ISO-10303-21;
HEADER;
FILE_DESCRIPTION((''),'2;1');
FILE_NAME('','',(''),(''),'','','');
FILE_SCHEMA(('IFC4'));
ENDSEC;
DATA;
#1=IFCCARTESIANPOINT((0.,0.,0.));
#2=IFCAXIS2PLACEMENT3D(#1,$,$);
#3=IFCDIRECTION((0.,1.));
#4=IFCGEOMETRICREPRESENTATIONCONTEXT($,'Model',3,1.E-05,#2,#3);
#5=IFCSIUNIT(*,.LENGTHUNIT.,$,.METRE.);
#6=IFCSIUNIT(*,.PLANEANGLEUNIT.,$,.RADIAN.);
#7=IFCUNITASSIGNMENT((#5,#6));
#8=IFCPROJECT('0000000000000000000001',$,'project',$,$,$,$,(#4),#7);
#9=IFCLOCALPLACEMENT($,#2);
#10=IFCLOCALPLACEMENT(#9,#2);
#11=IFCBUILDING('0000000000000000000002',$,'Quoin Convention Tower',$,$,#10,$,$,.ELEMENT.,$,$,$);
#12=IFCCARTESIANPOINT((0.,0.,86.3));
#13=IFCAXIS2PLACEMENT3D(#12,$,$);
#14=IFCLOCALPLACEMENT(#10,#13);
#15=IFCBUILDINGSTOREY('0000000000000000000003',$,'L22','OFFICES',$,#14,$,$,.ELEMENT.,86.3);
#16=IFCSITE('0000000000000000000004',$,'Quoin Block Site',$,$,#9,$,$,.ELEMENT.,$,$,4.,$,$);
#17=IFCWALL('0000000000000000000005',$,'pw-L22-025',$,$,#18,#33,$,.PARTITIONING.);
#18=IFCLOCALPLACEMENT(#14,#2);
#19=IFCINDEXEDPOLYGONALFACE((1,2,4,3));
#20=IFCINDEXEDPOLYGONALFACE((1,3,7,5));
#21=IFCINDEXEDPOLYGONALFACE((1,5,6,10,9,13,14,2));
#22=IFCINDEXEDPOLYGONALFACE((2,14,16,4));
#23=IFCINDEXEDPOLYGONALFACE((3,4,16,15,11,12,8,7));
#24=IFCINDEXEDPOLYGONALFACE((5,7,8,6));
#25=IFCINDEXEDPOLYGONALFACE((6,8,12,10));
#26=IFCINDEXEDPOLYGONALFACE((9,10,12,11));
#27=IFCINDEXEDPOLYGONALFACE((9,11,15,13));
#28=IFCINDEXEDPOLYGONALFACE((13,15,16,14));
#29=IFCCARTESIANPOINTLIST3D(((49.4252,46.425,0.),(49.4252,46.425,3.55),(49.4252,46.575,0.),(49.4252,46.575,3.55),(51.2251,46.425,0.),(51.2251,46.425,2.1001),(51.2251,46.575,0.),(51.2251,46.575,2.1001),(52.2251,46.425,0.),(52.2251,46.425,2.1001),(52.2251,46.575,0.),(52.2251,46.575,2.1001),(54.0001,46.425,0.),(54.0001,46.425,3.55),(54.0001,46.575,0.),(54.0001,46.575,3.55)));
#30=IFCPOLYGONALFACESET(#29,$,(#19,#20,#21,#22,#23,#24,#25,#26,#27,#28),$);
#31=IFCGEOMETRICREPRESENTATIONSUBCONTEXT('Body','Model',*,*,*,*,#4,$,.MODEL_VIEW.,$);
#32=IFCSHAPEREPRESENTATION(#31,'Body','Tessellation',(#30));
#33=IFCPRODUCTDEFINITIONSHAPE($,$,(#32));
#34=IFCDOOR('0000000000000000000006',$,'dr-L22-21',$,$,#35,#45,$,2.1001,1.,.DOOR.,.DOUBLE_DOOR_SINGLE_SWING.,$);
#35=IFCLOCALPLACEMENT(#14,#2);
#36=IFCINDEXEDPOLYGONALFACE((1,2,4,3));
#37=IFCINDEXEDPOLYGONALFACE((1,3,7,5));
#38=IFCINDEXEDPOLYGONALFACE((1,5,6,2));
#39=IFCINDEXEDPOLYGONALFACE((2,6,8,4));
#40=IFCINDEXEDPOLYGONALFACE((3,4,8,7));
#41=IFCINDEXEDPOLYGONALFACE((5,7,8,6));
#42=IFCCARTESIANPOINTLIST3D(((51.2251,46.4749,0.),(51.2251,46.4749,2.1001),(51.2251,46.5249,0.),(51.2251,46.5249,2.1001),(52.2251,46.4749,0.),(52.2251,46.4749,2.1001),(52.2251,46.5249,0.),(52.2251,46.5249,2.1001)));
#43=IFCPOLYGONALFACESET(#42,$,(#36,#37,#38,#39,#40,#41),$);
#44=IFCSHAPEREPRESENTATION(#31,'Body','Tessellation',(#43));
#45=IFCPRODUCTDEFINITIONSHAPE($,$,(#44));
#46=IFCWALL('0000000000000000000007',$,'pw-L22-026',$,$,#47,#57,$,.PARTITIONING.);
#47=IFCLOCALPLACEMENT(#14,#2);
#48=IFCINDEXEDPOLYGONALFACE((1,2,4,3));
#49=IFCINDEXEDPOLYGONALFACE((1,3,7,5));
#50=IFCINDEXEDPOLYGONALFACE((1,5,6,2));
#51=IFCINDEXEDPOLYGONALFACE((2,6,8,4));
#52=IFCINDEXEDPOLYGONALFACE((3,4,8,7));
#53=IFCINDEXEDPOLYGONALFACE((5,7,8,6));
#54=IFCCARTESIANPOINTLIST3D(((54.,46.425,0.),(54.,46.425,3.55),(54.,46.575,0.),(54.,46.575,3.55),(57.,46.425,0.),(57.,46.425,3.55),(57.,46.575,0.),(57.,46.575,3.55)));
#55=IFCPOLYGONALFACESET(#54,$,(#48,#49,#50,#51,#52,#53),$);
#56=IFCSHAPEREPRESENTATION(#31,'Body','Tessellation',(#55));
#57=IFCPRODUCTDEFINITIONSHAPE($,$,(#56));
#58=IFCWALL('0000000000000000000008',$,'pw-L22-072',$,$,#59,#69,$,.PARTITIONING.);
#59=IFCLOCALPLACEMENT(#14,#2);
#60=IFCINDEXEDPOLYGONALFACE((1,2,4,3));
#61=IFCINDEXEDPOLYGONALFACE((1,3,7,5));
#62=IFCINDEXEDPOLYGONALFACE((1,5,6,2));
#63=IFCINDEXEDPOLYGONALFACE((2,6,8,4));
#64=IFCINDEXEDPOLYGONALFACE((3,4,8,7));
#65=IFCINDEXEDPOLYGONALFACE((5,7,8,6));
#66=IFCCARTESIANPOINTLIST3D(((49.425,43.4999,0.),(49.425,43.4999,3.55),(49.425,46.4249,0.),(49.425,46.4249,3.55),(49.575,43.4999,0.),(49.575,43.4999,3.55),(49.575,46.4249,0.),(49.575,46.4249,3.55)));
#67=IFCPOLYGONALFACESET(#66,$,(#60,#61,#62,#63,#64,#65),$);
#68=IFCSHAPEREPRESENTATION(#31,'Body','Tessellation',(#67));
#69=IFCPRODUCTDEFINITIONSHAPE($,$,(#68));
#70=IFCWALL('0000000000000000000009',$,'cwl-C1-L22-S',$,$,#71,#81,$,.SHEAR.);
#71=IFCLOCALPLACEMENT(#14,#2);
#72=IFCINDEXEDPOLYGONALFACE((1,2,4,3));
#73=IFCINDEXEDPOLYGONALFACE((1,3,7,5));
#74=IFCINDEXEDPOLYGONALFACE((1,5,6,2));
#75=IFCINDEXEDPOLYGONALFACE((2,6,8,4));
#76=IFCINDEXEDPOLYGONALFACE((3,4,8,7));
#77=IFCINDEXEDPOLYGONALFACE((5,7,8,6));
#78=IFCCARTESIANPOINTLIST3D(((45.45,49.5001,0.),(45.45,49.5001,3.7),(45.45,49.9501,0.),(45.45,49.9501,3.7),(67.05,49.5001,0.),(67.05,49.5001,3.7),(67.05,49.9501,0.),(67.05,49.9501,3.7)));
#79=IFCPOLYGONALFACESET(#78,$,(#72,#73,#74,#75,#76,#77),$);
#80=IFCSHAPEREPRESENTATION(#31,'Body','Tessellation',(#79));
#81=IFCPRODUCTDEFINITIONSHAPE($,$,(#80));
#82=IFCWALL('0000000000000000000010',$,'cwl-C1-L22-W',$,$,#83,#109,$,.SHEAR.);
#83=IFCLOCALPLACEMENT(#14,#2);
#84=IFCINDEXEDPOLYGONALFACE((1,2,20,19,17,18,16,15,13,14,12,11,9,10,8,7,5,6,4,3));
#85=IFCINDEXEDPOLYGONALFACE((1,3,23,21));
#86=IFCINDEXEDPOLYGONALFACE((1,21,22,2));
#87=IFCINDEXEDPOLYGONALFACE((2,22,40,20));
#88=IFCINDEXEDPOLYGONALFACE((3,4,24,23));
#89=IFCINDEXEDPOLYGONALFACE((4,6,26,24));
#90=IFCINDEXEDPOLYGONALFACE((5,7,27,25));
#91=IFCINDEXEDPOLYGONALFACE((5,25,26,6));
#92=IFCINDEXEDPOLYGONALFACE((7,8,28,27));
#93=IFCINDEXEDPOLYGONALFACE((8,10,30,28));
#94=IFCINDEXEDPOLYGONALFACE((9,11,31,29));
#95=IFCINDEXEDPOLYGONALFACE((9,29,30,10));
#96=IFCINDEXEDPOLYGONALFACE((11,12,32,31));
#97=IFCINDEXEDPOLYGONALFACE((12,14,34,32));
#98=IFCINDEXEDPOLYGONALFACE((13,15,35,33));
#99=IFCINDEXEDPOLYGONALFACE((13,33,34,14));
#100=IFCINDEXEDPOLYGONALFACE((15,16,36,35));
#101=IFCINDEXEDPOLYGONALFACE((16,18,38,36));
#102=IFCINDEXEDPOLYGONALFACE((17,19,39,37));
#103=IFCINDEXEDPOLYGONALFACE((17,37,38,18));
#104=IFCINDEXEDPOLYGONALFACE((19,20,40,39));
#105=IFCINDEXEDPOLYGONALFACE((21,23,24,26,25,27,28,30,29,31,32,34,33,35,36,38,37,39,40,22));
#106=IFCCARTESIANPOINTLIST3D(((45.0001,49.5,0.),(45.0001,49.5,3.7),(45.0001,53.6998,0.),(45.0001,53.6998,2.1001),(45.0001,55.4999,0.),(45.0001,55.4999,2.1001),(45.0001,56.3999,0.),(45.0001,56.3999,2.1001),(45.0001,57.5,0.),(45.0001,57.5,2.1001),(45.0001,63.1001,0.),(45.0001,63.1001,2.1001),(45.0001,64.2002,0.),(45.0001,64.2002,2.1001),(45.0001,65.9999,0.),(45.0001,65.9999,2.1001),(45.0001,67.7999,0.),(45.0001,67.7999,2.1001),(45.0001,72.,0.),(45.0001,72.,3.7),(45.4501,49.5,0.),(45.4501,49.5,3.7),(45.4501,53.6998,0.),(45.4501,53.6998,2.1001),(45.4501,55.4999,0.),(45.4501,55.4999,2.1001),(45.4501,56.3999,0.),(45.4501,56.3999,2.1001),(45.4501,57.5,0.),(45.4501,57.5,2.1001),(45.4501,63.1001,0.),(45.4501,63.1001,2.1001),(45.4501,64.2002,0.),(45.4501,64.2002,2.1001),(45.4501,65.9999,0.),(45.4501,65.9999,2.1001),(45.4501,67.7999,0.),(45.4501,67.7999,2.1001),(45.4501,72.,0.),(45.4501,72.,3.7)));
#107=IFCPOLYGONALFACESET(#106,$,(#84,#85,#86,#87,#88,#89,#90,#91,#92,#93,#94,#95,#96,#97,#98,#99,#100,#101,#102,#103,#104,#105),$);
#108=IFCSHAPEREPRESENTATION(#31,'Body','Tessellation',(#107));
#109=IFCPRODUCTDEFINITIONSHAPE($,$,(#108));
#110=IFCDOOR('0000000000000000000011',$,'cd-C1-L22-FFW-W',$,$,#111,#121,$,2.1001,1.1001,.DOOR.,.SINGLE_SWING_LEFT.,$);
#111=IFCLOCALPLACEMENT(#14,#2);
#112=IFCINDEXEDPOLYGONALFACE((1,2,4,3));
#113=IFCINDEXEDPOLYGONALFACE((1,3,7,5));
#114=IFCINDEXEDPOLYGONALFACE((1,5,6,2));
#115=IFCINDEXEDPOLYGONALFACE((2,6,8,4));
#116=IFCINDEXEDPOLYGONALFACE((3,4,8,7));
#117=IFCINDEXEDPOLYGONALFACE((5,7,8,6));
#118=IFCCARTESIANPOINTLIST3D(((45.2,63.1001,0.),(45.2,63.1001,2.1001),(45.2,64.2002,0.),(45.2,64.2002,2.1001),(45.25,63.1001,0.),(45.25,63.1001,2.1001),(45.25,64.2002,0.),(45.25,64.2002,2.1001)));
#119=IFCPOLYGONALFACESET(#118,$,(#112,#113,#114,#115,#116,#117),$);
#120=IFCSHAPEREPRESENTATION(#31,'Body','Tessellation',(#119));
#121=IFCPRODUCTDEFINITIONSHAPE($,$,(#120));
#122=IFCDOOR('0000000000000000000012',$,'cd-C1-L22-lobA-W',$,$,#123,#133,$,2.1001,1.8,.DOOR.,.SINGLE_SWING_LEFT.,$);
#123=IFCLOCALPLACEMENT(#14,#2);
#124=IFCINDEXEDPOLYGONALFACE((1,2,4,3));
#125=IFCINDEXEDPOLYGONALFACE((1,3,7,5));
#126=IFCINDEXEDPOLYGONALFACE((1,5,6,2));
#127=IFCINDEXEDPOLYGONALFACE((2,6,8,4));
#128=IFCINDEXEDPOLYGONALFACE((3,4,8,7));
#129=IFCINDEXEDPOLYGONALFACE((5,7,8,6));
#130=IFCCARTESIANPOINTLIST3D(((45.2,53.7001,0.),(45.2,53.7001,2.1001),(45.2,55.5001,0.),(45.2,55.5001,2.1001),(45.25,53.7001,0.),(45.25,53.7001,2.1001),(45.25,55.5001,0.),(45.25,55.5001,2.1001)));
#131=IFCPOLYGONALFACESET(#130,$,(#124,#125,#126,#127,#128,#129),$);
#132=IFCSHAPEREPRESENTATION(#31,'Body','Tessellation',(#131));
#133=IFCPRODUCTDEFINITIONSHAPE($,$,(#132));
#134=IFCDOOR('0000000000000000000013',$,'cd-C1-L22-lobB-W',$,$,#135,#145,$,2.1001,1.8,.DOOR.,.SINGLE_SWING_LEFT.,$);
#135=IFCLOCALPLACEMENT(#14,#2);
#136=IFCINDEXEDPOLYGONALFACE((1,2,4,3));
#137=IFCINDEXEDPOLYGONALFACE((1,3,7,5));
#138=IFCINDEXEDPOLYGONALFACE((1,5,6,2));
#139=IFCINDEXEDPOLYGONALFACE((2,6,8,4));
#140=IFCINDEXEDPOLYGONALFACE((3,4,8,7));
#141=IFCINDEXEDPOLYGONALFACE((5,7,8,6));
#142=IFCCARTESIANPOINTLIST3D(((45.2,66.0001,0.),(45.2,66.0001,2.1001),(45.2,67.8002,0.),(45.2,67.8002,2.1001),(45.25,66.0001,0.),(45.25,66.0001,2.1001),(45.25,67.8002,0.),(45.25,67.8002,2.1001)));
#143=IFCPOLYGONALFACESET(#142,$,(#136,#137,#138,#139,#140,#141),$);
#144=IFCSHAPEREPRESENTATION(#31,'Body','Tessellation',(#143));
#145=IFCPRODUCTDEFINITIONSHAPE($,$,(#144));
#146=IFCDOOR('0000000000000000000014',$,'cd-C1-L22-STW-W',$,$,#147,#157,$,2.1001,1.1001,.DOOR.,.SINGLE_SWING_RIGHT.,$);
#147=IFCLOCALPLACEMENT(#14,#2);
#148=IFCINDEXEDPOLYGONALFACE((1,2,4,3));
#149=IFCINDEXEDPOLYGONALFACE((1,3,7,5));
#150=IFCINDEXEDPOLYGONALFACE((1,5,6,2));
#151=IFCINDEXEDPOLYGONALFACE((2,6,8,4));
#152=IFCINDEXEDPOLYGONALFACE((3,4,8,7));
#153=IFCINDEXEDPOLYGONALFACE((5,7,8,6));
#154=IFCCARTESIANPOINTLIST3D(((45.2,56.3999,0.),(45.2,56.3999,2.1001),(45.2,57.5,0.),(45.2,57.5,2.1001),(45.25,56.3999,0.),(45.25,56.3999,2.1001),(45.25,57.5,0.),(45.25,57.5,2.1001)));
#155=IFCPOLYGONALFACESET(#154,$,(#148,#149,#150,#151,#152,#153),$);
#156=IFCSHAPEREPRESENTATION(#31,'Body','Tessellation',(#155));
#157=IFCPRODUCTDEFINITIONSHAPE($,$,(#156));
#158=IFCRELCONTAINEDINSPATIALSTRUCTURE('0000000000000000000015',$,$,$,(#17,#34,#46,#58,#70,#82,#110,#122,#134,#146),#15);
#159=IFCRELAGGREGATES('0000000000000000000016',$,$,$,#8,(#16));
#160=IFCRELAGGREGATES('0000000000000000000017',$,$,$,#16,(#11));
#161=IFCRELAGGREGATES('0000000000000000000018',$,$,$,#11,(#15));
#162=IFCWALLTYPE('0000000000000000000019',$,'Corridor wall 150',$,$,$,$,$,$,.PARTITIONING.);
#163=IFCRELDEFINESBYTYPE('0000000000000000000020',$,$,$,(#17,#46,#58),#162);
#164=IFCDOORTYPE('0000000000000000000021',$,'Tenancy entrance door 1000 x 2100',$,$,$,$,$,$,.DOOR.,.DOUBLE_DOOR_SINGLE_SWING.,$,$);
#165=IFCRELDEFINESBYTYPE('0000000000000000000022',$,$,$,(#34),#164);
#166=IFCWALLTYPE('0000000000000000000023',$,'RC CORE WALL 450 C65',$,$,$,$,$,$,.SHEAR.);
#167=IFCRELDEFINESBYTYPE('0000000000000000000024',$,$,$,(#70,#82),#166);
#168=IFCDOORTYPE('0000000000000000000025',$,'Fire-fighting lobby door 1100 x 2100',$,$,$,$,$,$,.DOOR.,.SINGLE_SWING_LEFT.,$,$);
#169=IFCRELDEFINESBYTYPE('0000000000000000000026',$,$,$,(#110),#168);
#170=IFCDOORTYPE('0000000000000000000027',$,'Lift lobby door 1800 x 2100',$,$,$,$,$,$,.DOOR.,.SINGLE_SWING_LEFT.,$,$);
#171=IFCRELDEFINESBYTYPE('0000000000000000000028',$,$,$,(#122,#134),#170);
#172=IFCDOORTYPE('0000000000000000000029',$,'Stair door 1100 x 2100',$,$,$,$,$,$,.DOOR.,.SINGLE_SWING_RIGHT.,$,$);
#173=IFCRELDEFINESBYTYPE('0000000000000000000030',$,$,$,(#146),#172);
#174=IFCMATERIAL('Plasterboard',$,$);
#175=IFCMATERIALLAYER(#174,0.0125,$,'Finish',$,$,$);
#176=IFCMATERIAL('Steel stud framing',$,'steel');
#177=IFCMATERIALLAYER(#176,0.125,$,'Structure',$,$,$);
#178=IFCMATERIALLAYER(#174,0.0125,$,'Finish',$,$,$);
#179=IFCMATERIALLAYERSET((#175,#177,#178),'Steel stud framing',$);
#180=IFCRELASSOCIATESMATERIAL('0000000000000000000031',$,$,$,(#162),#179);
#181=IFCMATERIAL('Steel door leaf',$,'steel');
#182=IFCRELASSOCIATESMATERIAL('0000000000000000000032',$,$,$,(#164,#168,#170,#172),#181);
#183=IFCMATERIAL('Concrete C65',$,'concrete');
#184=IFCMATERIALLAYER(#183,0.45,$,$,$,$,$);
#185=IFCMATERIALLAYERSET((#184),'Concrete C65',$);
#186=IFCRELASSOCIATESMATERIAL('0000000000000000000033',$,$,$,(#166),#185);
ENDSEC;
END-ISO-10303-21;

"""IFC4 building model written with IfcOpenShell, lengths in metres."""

from ifc_helpers import new_model, si_unit, direction, frame, frame_2d, origin, place, context, subcontext, project, spatial, rectangle, extrude, material, layer, layer_set, type_object, element, fill, save


model = new_model("IFC4")

# Units and contexts
model_context = context("Model", 3, precision=1e-05, world=origin(), true_north=direction((0.0, 1.0)))
body_context = subcontext(model_context, "Body", "Model", "MODEL_VIEW")
ifc_project = project(units=[si_unit("LENGTHUNIT", "METRE"), si_unit("PLANEANGLEUNIT", "RADIAN")], contexts=[model_context])

# Site, building, storey
site_placement = place(None, origin())
site = spatial("IfcSite", under=ifc_project, at=site_placement, Name="Quoin Block Site", CompositionType="ELEMENT", RefElevation=4.0)
building_placement = place(site_placement, origin())
building = spatial("IfcBuilding", under=site, at=building_placement, Name="Quoin Convention Tower", CompositionType="ELEMENT")
storey_placement = place(building_placement, frame((0.0, 0.0, 86.3)))
storey = spatial("IfcBuildingStorey", under=building, at=storey_placement, Name="L22", Description="OFFICES", CompositionType="ELEMENT", Elevation=86.3)

# Shared definitions
ifc_material_1 = material(Name="Plasterboard")
ifc_material_2 = material(Name="Steel stud framing", Category="steel")
ifc_material_3 = material(Name="Steel door leaf", Category="steel")

# Wall, opening, door
ifc_layer_1 = layer(ifc_material_1, 0.0125, Name="Finish")
ifc_layer_2 = layer(ifc_material_2, 0.125, Name="Structure")
ifc_layer_3 = layer(ifc_material_1, 0.0125, Name="Finish")
ifc_layer_set_1 = layer_set([ifc_layer_1, ifc_layer_2, ifc_layer_3], Name="Steel stud framing")
wall_type_1 = type_object("IfcWallType", Name="Corridor wall 150", PredefinedType="PARTITIONING", material=ifc_layer_set_1)
wall_1_placement = place(storey_placement, frame((49.425, 46.5, 0.0), z_axis=(0.0, 0.0, 1.0), x_axis=(1.0, 0.0, 0.0)))
wall_1 = element("IfcWall", 1, at=wall_1_placement, inside=storey, type_object=wall_type_1, Name="pw-L22-025", PredefinedType="PARTITIONING", context=body_context, shape_type="SweptSolid", body=[
    extrude(rectangle(XDim=4.575, YDim=0.1499, at=frame_2d((2.2876, 0.0))), origin(), (0.0, 0.0, 1.0), 3.55),
])
opening_1_placement = place(wall_1_placement, frame((1.8, 0.0, 0.0)))
opening_1 = element("IfcOpeningElement", 2, at=opening_1_placement, cuts=wall_1, PredefinedType="OPENING", context=body_context, shape_type="SweptSolid", body=[
    extrude(rectangle(XDim=1.0, YDim=2.1001, at=frame_2d((0.5, 1.05))), frame((0.0, 0.085, 0.0), z_axis=(0.0, -1.0, 0.0), x_axis=(1.0, 0.0, 0.0)), (0.0, 0.0, 1.0), 0.1699),
])
door_type_1 = type_object("IfcDoorType", Name="Tenancy entrance door 1000 x 2100", OperationType="DOUBLE_DOOR_SINGLE_SWING", PredefinedType="DOOR", material=ifc_material_3)
door_1_placement = place(opening_1_placement, origin())
door_1 = element("IfcDoor", 3, at=door_1_placement, inside=storey, type_object=door_type_1, Name="dr-L22-21", OperationType="DOUBLE_DOOR_SINGLE_SWING", OverallHeight=2.1001, OverallWidth=1.0, PredefinedType="DOOR", context=body_context, shape_type="SweptSolid", body=[
    extrude(rectangle(XDim=1.0, YDim=2.1001, at=frame_2d((0.5, 1.05))), frame((0.0, 0.0249, 0.0), z_axis=(0.0, -1.0, 0.0), x_axis=(1.0, 0.0, 0.0)), (0.0, 0.0, 1.0), 0.05),
])
fill(opening_1, door_1)

# Walls
wall_2_placement = place(storey_placement, frame((54.0, 46.5, 0.0), z_axis=(0.0, 0.0, 1.0), x_axis=(1.0, 0.0, 0.0)))
element("IfcWall", 4, at=wall_2_placement, inside=storey, type_object=wall_type_1, Name="pw-L22-026", PredefinedType="PARTITIONING", context=body_context, shape_type="SweptSolid", body=[
    extrude(rectangle(XDim=3.0, YDim=0.1499, at=frame_2d((1.5, 0.0))), origin(), (0.0, 0.0, 1.0), 3.55),
])
wall_3_placement = place(storey_placement, frame((49.5, 43.5, 0.0), z_axis=(0.0, 0.0, 1.0), x_axis=(0.0, 1.0, 0.0)))
element("IfcWall", 5, at=wall_3_placement, inside=storey, type_object=wall_type_1, Name="pw-L22-072", PredefinedType="PARTITIONING", context=body_context, shape_type="SweptSolid", body=[
    extrude(rectangle(XDim=2.925, YDim=0.1499, at=frame_2d((1.4624, 0.0))), origin(), (0.0, 0.0, 1.0), 3.55),
])
ifc_material_4 = material(Name="Concrete C65", Category="concrete")
ifc_layer_4 = layer(ifc_material_4, 0.45)
ifc_layer_set_2 = layer_set([ifc_layer_4], Name="Concrete C65")
wall_type_2 = type_object("IfcWallType", Name="RC CORE WALL 450 C65", PredefinedType="SHEAR", material=ifc_layer_set_2)
wall_4_placement = place(storey_placement, frame((45.45, 49.7251, 0.0), z_axis=(0.0, 0.0, 1.0), x_axis=(1.0, 0.0, 0.0)))
element("IfcWall", 6, at=wall_4_placement, inside=storey, type_object=wall_type_2, Name="cwl-C1-L22-S", PredefinedType="SHEAR", context=body_context, shape_type="SweptSolid", body=[
    extrude(rectangle(XDim=21.6001, YDim=0.45, at=frame_2d((10.8, 0.0))), origin(), (0.0, 0.0, 1.0), 3.7),
])

# Wall, openings, doors
wall_5_placement = place(storey_placement, frame((45.2251, 49.5, 0.0), z_axis=(0.0, 0.0, 1.0), x_axis=(0.0, 1.0, 0.0)))
wall_5 = element("IfcWall", 7, at=wall_5_placement, inside=storey, type_object=wall_type_2, Name="cwl-C1-L22-W", PredefinedType="SHEAR", context=body_context, shape_type="SweptSolid", body=[
    extrude(rectangle(XDim=22.5, YDim=0.45, at=frame_2d((11.25, 0.0))), origin(), (0.0, 0.0, 1.0), 3.7),
])
opening_2_placement = place(wall_5_placement, frame((4.2, 0.0, 0.0)))
opening_2 = element("IfcOpeningElement", 8, at=opening_2_placement, cuts=wall_5, PredefinedType="OPENING", context=body_context, shape_type="SweptSolid", body=[
    extrude(rectangle(XDim=1.8, YDim=2.1001, at=frame_2d((0.8999, 1.05))), frame((0.0, 0.2349, 0.0), z_axis=(0.0, -1.0, 0.0), x_axis=(1.0, 0.0, 0.0)), (0.0, 0.0, 1.0), 0.47),
])
opening_3_placement = place(wall_5_placement, frame((6.8999, 0.0, 0.0)))
opening_3 = element("IfcOpeningElement", 9, at=opening_3_placement, cuts=wall_5, PredefinedType="OPENING", context=body_context, shape_type="SweptSolid", body=[
    extrude(rectangle(XDim=1.1001, YDim=2.1001, at=frame_2d((0.55, 1.05))), frame((0.0, 0.2349, 0.0), z_axis=(0.0, -1.0, 0.0), x_axis=(1.0, 0.0, 0.0)), (0.0, 0.0, 1.0), 0.47),
])
opening_4_placement = place(wall_5_placement, frame((13.6001, 0.0, 0.0)))
opening_4 = element("IfcOpeningElement", 10, at=opening_4_placement, cuts=wall_5, PredefinedType="OPENING", context=body_context, shape_type="SweptSolid", body=[
    extrude(rectangle(XDim=1.1001, YDim=2.1001, at=frame_2d((0.55, 1.05))), frame((0.0, 0.2349, 0.0), z_axis=(0.0, -1.0, 0.0), x_axis=(1.0, 0.0, 0.0)), (0.0, 0.0, 1.0), 0.47),
])
opening_5_placement = place(wall_5_placement, frame((16.5, 0.0, 0.0)))
opening_5 = element("IfcOpeningElement", 11, at=opening_5_placement, cuts=wall_5, PredefinedType="OPENING", context=body_context, shape_type="SweptSolid", body=[
    extrude(rectangle(XDim=1.8, YDim=2.1001, at=frame_2d((0.8999, 1.05))), frame((0.0, 0.2349, 0.0), z_axis=(0.0, -1.0, 0.0), x_axis=(1.0, 0.0, 0.0)), (0.0, 0.0, 1.0), 0.47),
])
door_type_2 = type_object("IfcDoorType", Name="Fire-fighting lobby door 1100 x 2100", OperationType="SINGLE_SWING_LEFT", PredefinedType="DOOR", material=ifc_material_3)
door_2_placement = place(opening_4_placement, frame((1.1001, 0.0, 0.0), z_axis=(0.0, 0.0, 1.0), x_axis=(-1.0, 0.0, 0.0)))
door_2 = element("IfcDoor", 12, at=door_2_placement, inside=storey, type_object=door_type_2, Name="cd-C1-L22-FFW-W", OperationType="SINGLE_SWING_LEFT", OverallHeight=2.1001, OverallWidth=1.1001, PredefinedType="DOOR", context=body_context, shape_type="SweptSolid", body=[
    extrude(rectangle(XDim=1.1001, YDim=2.1001, at=frame_2d((0.55, 1.05))), frame((0.0, 0.0249, 0.0), z_axis=(0.0, -1.0, 0.0), x_axis=(1.0, 0.0, 0.0)), (0.0, 0.0, 1.0), 0.05),
])
fill(opening_4, door_2)
door_type_3 = type_object("IfcDoorType", Name="Lift lobby door 1800 x 2100", OperationType="SINGLE_SWING_LEFT", PredefinedType="DOOR", material=ifc_material_3)
door_3_placement = place(opening_2_placement, frame((1.8, 0.0, 0.0), z_axis=(0.0, 0.0, 1.0), x_axis=(-1.0, 0.0, 0.0)))
door_3 = element("IfcDoor", 13, at=door_3_placement, inside=storey, type_object=door_type_3, Name="cd-C1-L22-lobA-W", OperationType="SINGLE_SWING_LEFT", OverallHeight=2.1001, OverallWidth=1.8, PredefinedType="DOOR", context=body_context, shape_type="SweptSolid", body=[
    extrude(rectangle(XDim=1.8, YDim=2.1001, at=frame_2d((0.8999, 1.05))), frame((0.0, 0.0249, 0.0), z_axis=(0.0, -1.0, 0.0), x_axis=(1.0, 0.0, 0.0)), (0.0, 0.0, 1.0), 0.05),
])
fill(opening_2, door_3)
door_4_placement = place(opening_5_placement, frame((1.8, 0.0, 0.0), z_axis=(0.0, 0.0, 1.0), x_axis=(-1.0, 0.0, 0.0)))
door_4 = element("IfcDoor", 14, at=door_4_placement, inside=storey, type_object=door_type_3, Name="cd-C1-L22-lobB-W", OperationType="SINGLE_SWING_LEFT", OverallHeight=2.1001, OverallWidth=1.8, PredefinedType="DOOR", context=body_context, shape_type="SweptSolid", body=[
    extrude(rectangle(XDim=1.8, YDim=2.1001, at=frame_2d((0.8999, 1.05))), frame((0.0, 0.0249, 0.0), z_axis=(0.0, -1.0, 0.0), x_axis=(1.0, 0.0, 0.0)), (0.0, 0.0, 1.0), 0.05),
])
fill(opening_5, door_4)
door_type_4 = type_object("IfcDoorType", Name="Stair door 1100 x 2100", OperationType="SINGLE_SWING_RIGHT", PredefinedType="DOOR", material=ifc_material_3)
door_5_placement = place(opening_3_placement, frame((1.1001, 0.0, 0.0), z_axis=(0.0, 0.0, 1.0), x_axis=(-1.0, 0.0, 0.0)))
door_5 = element("IfcDoor", 15, at=door_5_placement, inside=storey, type_object=door_type_4, Name="cd-C1-L22-STW-W", OperationType="SINGLE_SWING_RIGHT", OverallHeight=2.1001, OverallWidth=1.1001, PredefinedType="DOOR", context=body_context, shape_type="SweptSolid", body=[
    extrude(rectangle(XDim=1.1001, YDim=2.1001, at=frame_2d((0.55, 1.05))), frame((0.0, 0.0249, 0.0), z_axis=(0.0, -1.0, 0.0), x_axis=(1.0, 0.0, 0.0)), (0.0, 0.0, 1.0), 0.05),
])
fill(opening_3, door_5)

save(model, "model.ifc")
